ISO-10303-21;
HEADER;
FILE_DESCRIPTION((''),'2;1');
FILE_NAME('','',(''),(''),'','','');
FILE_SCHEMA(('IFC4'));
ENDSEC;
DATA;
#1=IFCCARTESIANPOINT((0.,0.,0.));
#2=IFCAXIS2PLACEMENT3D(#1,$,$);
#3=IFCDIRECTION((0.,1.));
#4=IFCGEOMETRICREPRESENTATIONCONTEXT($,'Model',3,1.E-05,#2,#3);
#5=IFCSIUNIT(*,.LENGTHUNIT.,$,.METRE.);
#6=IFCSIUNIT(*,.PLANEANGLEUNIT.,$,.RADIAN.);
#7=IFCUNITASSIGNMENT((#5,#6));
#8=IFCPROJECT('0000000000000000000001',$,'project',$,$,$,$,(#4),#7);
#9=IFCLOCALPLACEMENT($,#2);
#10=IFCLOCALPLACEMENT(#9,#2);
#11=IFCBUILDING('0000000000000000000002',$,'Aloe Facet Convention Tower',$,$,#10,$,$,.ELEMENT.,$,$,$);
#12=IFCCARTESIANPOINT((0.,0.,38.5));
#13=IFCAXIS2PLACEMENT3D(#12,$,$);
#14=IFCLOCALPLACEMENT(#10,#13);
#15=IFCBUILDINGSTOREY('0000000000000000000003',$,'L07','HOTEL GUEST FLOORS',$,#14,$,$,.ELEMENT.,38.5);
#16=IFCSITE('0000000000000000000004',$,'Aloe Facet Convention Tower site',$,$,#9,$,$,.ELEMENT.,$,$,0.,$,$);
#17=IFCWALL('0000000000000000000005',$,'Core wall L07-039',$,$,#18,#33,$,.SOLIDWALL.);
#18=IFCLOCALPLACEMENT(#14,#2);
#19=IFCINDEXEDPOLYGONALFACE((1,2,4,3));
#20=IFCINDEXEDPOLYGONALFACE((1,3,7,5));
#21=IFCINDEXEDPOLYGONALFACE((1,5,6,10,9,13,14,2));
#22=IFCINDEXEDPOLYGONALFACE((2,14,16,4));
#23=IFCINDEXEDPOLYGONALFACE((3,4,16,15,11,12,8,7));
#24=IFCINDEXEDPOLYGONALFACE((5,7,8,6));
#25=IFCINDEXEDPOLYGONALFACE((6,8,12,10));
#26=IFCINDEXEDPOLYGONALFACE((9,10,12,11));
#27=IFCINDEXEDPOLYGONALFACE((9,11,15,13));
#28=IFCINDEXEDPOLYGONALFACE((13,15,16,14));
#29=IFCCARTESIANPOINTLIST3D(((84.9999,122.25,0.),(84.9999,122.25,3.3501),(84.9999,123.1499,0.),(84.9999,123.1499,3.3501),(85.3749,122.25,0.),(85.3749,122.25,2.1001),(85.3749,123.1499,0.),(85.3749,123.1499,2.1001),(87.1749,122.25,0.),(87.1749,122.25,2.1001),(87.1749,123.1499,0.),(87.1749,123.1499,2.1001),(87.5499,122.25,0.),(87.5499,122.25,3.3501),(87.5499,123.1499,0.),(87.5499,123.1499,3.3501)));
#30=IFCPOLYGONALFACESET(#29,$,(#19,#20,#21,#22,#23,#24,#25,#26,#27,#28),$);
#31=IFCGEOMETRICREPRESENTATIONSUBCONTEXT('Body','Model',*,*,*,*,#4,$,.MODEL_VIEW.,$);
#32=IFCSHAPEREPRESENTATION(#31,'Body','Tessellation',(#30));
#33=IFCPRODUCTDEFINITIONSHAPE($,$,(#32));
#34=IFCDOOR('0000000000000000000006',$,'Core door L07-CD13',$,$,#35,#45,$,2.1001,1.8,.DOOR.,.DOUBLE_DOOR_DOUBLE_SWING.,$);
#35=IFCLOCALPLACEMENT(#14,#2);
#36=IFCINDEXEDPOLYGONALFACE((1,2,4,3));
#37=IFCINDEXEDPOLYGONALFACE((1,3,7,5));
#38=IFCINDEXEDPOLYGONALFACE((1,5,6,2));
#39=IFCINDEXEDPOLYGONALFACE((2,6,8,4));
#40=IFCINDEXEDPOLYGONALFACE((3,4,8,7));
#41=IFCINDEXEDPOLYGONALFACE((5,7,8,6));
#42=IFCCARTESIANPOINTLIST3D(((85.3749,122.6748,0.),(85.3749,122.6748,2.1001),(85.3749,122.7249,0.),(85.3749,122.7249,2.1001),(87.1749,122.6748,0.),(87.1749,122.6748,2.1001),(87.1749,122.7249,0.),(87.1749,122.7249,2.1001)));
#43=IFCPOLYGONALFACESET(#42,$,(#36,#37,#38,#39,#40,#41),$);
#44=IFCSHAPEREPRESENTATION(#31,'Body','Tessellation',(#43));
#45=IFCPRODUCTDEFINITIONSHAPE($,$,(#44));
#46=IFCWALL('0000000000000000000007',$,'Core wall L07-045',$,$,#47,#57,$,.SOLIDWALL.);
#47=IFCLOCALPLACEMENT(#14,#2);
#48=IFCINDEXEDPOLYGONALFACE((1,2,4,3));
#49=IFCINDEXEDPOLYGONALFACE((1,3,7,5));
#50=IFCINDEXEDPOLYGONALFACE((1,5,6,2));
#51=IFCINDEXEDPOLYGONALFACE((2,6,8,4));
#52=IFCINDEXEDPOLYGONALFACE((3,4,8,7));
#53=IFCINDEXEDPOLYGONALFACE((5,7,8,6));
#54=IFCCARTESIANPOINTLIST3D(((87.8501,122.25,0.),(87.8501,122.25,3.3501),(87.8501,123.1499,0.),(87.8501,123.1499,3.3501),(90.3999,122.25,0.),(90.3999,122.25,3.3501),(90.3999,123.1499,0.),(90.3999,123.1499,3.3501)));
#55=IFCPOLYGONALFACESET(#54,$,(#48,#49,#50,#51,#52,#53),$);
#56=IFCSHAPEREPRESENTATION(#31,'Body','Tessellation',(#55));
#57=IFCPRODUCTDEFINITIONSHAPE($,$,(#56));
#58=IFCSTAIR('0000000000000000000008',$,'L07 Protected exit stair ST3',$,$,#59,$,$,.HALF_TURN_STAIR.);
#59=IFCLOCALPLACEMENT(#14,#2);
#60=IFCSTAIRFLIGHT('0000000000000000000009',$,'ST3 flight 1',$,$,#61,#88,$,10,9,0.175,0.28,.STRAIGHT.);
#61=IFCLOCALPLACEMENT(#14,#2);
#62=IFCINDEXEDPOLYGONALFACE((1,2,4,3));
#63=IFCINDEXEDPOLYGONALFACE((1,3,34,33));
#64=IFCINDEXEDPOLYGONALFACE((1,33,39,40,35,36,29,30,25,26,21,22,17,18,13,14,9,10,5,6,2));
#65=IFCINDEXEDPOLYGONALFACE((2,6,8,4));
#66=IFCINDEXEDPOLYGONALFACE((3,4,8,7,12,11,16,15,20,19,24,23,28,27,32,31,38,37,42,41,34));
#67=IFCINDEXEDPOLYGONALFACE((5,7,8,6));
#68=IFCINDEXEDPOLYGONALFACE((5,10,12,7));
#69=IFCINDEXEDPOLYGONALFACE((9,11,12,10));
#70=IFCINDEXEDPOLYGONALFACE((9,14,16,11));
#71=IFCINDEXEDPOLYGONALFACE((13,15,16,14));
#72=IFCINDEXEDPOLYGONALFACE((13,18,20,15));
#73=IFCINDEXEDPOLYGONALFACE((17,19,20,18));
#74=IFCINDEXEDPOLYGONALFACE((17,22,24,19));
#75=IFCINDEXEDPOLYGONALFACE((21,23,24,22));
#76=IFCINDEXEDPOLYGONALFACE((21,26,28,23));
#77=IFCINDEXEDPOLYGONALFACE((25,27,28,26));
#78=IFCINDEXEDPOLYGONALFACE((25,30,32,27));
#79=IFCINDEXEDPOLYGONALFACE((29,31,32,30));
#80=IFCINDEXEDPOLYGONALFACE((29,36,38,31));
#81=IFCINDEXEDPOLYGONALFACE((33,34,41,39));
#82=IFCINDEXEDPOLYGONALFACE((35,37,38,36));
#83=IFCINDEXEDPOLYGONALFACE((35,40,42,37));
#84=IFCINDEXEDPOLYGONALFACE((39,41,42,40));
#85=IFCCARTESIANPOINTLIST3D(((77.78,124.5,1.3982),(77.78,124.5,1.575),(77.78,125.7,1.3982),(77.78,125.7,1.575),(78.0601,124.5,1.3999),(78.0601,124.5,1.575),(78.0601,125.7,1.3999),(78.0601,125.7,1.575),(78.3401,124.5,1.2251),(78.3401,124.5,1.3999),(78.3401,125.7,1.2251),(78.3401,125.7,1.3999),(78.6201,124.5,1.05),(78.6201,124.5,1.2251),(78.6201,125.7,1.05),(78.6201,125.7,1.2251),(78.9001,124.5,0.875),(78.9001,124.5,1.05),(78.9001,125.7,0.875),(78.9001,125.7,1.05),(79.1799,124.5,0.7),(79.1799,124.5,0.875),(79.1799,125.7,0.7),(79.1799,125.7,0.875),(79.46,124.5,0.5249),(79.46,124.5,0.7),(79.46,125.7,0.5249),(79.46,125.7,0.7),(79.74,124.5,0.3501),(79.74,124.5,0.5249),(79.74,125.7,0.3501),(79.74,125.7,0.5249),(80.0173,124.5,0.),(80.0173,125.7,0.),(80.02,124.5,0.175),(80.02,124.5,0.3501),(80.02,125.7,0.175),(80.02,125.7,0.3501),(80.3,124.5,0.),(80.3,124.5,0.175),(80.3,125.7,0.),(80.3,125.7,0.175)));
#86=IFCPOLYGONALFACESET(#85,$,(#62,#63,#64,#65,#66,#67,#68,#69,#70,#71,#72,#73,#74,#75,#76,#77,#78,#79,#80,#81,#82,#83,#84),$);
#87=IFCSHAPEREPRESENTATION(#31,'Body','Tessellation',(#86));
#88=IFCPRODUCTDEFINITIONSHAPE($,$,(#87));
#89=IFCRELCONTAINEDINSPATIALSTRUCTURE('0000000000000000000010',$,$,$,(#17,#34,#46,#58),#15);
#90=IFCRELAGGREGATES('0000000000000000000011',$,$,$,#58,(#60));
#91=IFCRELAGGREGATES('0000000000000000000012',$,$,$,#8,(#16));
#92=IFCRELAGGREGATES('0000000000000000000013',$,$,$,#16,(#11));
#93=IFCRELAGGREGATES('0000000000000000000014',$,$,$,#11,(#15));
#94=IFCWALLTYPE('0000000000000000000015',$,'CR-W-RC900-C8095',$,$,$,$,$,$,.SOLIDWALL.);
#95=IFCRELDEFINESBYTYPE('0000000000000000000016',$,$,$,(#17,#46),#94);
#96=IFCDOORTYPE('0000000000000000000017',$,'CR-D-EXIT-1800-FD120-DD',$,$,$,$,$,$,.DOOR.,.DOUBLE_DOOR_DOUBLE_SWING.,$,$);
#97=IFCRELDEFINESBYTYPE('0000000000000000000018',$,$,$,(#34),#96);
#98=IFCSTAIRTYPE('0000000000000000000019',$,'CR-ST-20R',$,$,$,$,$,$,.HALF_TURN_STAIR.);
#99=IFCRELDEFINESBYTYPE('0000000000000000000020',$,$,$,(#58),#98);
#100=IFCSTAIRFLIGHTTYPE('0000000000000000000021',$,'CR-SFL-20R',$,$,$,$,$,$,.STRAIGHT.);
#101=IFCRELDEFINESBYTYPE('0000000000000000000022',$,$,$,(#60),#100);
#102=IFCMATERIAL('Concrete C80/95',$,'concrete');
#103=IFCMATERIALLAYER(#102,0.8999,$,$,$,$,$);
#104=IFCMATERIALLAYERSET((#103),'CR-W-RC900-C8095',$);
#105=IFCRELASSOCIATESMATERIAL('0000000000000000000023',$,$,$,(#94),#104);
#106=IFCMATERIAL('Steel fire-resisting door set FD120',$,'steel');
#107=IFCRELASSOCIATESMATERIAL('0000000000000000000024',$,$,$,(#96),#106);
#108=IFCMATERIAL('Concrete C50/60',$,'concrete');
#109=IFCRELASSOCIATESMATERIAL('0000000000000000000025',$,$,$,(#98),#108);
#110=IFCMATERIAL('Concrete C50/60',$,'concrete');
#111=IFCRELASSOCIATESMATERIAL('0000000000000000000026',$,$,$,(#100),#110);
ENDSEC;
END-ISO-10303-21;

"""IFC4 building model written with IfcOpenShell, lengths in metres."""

from ifc_helpers import new_model, si_unit, direction, frame, frame_2d, origin, place, context, subcontext, project, spatial, polyline, rectangle, outline, extrude, material, layer, layer_set, type_object, element, fill, aggregate, save


model = new_model("IFC4")

# Units and contexts
model_context = context("Model", 3, precision=1e-05, world=origin(), true_north=direction((0.0, 1.0)))
body_context = subcontext(model_context, "Body", "Model", "MODEL_VIEW")
ifc_project = project(units=[si_unit("LENGTHUNIT", "METRE"), si_unit("PLANEANGLEUNIT", "RADIAN")], contexts=[model_context])

# Site, building, storey
site_placement = place(None, origin())
site = spatial("IfcSite", under=ifc_project, at=site_placement, Name="Aloe Facet Convention Tower site", CompositionType="ELEMENT", RefElevation=0.0)
building_placement = place(site_placement, origin())
building = spatial("IfcBuilding", under=site, at=building_placement, Name="Aloe Facet Convention Tower", CompositionType="ELEMENT")
storey_placement = place(building_placement, frame((0.0, 0.0, 38.5)))
storey = spatial("IfcBuildingStorey", under=building, at=storey_placement, Name="L07", Description="HOTEL GUEST FLOORS", CompositionType="ELEMENT", Elevation=38.5)

# Wall, opening, door
ifc_material_1 = material(Name="Concrete C80/95", Category="concrete")
ifc_layer_1 = layer(ifc_material_1, 0.8999)
ifc_layer_set_1 = layer_set([ifc_layer_1], Name="CR-W-RC900-C8095")
wall_type_1 = type_object("IfcWallType", Name="CR-W-RC900-C8095", PredefinedType="SOLIDWALL", material=ifc_layer_set_1)
wall_1_placement = place(storey_placement, frame((85.0, 122.7, 0.0), z_axis=(0.0, 0.0, 1.0), x_axis=(1.0, 0.0, 0.0)))
wall_1 = element("IfcWall", 1, at=wall_1_placement, inside=storey, type_object=wall_type_1, Name="Core wall L07-039", PredefinedType="SOLIDWALL", context=body_context, shape_type="SweptSolid", body=[
    extrude(rectangle(XDim=2.55, YDim=0.8999, at=frame_2d((1.2749, 0.0))), origin(), (0.0, 0.0, 1.0), 3.3501),
])
opening_1_placement = place(wall_1_placement, frame((0.375, 0.0, 0.0)))
opening_1 = element("IfcOpeningElement", 2, at=opening_1_placement, cuts=wall_1, PredefinedType="OPENING", context=body_context, shape_type="SweptSolid", body=[
    extrude(rectangle(XDim=1.8, YDim=2.1001, at=frame_2d((0.8999, 1.05))), frame((0.0, 0.46, 0.0), z_axis=(0.0, -1.0, 0.0), x_axis=(1.0, 0.0, 0.0)), (0.0, 0.0, 1.0), 0.9199),
])
ifc_material_2 = material(Name="Steel fire-resisting door set FD120", Category="steel")
door_type_1 = type_object("IfcDoorType", Name="CR-D-EXIT-1800-FD120-DD", OperationType="DOUBLE_DOOR_DOUBLE_SWING", PredefinedType="DOOR", material=ifc_material_2)
door_1_placement = place(opening_1_placement, origin())
door_1 = element("IfcDoor", 3, at=door_1_placement, inside=storey, type_object=door_type_1, Name="Core door L07-CD13", OperationType="DOUBLE_DOOR_DOUBLE_SWING", OverallHeight=2.1001, OverallWidth=1.8, PredefinedType="DOOR", context=body_context, shape_type="SweptSolid", body=[
    extrude(rectangle(XDim=1.8, YDim=2.1001, at=frame_2d((0.8999, 1.05))), frame((0.0, 0.0249, 0.0), z_axis=(0.0, -1.0, 0.0), x_axis=(1.0, 0.0, 0.0)), (0.0, 0.0, 1.0), 0.05),
])
fill(opening_1, door_1)

# Wall
wall_2_placement = place(storey_placement, frame((87.8501, 122.7, 0.0), z_axis=(0.0, 0.0, 1.0), x_axis=(1.0, 0.0, 0.0)))
element("IfcWall", 4, at=wall_2_placement, inside=storey, type_object=wall_type_1, Name="Core wall L07-045", PredefinedType="SOLIDWALL", context=body_context, shape_type="SweptSolid", body=[
    extrude(rectangle(XDim=2.5498, YDim=0.8999, at=frame_2d((1.2749, 0.0))), origin(), (0.0, 0.0, 1.0), 3.3501),
])

# Stair, stair flight
ifc_material_3 = material(Name="Concrete C50/60", Category="concrete")
stair_type = type_object("IfcStairType", Name="CR-ST-20R", PredefinedType="HALF_TURN_STAIR", material=ifc_material_3)
stair_placement = place(storey_placement, origin())
stair = element("IfcStair", 5, at=stair_placement, inside=storey, type_object=stair_type, Name="L07 Protected exit stair ST3", PredefinedType="HALF_TURN_STAIR")
ifc_material_4 = material(Name="Concrete C50/60", Category="concrete")
stair_flight_type = type_object("IfcStairFlightType", Name="CR-SFL-20R", PredefinedType="STRAIGHT", material=ifc_material_4)
stair_flight_placement = place(storey_placement, frame((80.3, 125.1001, 0.0), z_axis=(0.0, 0.0, 1.0), x_axis=(-1.0, 0.0, 0.0)))
stair_flight = element("IfcStairFlight", 6, at=stair_flight_placement, type_object=stair_flight_type, Name="ST3 flight 1", NumberOfRisers=10, NumberOfTreads=9, PredefinedType="STRAIGHT", RiserHeight=0.175, TreadLength=0.28, context=body_context, shape_type="SweptSolid", body=[
    extrude(outline(polyline([(0.0, 0.0), (0.0, 0.175), (0.28, 0.175), (0.28, 0.3501), (0.5601, 0.3501), (0.5601, 0.5249), (0.8401, 0.5249), (0.8401, 0.7), (1.1201, 0.7), (1.1201, 0.875), (1.3999, 0.875), (1.3999, 1.05), (1.6799, 1.05), (1.6799, 1.2251), (1.96, 1.2251), (1.96, 1.3999), (2.24, 1.3999), (2.24, 1.575), (2.52, 1.575), (2.52, 1.75), (2.52, 1.3982), (0.2827, 0.0), (0.0, 0.0)])), frame((0.0, 0.6001, 0.0), z_axis=(0.0, -1.0, 0.0), x_axis=(1.0, 0.0, 0.0)), (0.0, 0.0, 1.0), 1.2),
])
aggregate(stair, [stair_flight])

save(model, "model.ifc")
